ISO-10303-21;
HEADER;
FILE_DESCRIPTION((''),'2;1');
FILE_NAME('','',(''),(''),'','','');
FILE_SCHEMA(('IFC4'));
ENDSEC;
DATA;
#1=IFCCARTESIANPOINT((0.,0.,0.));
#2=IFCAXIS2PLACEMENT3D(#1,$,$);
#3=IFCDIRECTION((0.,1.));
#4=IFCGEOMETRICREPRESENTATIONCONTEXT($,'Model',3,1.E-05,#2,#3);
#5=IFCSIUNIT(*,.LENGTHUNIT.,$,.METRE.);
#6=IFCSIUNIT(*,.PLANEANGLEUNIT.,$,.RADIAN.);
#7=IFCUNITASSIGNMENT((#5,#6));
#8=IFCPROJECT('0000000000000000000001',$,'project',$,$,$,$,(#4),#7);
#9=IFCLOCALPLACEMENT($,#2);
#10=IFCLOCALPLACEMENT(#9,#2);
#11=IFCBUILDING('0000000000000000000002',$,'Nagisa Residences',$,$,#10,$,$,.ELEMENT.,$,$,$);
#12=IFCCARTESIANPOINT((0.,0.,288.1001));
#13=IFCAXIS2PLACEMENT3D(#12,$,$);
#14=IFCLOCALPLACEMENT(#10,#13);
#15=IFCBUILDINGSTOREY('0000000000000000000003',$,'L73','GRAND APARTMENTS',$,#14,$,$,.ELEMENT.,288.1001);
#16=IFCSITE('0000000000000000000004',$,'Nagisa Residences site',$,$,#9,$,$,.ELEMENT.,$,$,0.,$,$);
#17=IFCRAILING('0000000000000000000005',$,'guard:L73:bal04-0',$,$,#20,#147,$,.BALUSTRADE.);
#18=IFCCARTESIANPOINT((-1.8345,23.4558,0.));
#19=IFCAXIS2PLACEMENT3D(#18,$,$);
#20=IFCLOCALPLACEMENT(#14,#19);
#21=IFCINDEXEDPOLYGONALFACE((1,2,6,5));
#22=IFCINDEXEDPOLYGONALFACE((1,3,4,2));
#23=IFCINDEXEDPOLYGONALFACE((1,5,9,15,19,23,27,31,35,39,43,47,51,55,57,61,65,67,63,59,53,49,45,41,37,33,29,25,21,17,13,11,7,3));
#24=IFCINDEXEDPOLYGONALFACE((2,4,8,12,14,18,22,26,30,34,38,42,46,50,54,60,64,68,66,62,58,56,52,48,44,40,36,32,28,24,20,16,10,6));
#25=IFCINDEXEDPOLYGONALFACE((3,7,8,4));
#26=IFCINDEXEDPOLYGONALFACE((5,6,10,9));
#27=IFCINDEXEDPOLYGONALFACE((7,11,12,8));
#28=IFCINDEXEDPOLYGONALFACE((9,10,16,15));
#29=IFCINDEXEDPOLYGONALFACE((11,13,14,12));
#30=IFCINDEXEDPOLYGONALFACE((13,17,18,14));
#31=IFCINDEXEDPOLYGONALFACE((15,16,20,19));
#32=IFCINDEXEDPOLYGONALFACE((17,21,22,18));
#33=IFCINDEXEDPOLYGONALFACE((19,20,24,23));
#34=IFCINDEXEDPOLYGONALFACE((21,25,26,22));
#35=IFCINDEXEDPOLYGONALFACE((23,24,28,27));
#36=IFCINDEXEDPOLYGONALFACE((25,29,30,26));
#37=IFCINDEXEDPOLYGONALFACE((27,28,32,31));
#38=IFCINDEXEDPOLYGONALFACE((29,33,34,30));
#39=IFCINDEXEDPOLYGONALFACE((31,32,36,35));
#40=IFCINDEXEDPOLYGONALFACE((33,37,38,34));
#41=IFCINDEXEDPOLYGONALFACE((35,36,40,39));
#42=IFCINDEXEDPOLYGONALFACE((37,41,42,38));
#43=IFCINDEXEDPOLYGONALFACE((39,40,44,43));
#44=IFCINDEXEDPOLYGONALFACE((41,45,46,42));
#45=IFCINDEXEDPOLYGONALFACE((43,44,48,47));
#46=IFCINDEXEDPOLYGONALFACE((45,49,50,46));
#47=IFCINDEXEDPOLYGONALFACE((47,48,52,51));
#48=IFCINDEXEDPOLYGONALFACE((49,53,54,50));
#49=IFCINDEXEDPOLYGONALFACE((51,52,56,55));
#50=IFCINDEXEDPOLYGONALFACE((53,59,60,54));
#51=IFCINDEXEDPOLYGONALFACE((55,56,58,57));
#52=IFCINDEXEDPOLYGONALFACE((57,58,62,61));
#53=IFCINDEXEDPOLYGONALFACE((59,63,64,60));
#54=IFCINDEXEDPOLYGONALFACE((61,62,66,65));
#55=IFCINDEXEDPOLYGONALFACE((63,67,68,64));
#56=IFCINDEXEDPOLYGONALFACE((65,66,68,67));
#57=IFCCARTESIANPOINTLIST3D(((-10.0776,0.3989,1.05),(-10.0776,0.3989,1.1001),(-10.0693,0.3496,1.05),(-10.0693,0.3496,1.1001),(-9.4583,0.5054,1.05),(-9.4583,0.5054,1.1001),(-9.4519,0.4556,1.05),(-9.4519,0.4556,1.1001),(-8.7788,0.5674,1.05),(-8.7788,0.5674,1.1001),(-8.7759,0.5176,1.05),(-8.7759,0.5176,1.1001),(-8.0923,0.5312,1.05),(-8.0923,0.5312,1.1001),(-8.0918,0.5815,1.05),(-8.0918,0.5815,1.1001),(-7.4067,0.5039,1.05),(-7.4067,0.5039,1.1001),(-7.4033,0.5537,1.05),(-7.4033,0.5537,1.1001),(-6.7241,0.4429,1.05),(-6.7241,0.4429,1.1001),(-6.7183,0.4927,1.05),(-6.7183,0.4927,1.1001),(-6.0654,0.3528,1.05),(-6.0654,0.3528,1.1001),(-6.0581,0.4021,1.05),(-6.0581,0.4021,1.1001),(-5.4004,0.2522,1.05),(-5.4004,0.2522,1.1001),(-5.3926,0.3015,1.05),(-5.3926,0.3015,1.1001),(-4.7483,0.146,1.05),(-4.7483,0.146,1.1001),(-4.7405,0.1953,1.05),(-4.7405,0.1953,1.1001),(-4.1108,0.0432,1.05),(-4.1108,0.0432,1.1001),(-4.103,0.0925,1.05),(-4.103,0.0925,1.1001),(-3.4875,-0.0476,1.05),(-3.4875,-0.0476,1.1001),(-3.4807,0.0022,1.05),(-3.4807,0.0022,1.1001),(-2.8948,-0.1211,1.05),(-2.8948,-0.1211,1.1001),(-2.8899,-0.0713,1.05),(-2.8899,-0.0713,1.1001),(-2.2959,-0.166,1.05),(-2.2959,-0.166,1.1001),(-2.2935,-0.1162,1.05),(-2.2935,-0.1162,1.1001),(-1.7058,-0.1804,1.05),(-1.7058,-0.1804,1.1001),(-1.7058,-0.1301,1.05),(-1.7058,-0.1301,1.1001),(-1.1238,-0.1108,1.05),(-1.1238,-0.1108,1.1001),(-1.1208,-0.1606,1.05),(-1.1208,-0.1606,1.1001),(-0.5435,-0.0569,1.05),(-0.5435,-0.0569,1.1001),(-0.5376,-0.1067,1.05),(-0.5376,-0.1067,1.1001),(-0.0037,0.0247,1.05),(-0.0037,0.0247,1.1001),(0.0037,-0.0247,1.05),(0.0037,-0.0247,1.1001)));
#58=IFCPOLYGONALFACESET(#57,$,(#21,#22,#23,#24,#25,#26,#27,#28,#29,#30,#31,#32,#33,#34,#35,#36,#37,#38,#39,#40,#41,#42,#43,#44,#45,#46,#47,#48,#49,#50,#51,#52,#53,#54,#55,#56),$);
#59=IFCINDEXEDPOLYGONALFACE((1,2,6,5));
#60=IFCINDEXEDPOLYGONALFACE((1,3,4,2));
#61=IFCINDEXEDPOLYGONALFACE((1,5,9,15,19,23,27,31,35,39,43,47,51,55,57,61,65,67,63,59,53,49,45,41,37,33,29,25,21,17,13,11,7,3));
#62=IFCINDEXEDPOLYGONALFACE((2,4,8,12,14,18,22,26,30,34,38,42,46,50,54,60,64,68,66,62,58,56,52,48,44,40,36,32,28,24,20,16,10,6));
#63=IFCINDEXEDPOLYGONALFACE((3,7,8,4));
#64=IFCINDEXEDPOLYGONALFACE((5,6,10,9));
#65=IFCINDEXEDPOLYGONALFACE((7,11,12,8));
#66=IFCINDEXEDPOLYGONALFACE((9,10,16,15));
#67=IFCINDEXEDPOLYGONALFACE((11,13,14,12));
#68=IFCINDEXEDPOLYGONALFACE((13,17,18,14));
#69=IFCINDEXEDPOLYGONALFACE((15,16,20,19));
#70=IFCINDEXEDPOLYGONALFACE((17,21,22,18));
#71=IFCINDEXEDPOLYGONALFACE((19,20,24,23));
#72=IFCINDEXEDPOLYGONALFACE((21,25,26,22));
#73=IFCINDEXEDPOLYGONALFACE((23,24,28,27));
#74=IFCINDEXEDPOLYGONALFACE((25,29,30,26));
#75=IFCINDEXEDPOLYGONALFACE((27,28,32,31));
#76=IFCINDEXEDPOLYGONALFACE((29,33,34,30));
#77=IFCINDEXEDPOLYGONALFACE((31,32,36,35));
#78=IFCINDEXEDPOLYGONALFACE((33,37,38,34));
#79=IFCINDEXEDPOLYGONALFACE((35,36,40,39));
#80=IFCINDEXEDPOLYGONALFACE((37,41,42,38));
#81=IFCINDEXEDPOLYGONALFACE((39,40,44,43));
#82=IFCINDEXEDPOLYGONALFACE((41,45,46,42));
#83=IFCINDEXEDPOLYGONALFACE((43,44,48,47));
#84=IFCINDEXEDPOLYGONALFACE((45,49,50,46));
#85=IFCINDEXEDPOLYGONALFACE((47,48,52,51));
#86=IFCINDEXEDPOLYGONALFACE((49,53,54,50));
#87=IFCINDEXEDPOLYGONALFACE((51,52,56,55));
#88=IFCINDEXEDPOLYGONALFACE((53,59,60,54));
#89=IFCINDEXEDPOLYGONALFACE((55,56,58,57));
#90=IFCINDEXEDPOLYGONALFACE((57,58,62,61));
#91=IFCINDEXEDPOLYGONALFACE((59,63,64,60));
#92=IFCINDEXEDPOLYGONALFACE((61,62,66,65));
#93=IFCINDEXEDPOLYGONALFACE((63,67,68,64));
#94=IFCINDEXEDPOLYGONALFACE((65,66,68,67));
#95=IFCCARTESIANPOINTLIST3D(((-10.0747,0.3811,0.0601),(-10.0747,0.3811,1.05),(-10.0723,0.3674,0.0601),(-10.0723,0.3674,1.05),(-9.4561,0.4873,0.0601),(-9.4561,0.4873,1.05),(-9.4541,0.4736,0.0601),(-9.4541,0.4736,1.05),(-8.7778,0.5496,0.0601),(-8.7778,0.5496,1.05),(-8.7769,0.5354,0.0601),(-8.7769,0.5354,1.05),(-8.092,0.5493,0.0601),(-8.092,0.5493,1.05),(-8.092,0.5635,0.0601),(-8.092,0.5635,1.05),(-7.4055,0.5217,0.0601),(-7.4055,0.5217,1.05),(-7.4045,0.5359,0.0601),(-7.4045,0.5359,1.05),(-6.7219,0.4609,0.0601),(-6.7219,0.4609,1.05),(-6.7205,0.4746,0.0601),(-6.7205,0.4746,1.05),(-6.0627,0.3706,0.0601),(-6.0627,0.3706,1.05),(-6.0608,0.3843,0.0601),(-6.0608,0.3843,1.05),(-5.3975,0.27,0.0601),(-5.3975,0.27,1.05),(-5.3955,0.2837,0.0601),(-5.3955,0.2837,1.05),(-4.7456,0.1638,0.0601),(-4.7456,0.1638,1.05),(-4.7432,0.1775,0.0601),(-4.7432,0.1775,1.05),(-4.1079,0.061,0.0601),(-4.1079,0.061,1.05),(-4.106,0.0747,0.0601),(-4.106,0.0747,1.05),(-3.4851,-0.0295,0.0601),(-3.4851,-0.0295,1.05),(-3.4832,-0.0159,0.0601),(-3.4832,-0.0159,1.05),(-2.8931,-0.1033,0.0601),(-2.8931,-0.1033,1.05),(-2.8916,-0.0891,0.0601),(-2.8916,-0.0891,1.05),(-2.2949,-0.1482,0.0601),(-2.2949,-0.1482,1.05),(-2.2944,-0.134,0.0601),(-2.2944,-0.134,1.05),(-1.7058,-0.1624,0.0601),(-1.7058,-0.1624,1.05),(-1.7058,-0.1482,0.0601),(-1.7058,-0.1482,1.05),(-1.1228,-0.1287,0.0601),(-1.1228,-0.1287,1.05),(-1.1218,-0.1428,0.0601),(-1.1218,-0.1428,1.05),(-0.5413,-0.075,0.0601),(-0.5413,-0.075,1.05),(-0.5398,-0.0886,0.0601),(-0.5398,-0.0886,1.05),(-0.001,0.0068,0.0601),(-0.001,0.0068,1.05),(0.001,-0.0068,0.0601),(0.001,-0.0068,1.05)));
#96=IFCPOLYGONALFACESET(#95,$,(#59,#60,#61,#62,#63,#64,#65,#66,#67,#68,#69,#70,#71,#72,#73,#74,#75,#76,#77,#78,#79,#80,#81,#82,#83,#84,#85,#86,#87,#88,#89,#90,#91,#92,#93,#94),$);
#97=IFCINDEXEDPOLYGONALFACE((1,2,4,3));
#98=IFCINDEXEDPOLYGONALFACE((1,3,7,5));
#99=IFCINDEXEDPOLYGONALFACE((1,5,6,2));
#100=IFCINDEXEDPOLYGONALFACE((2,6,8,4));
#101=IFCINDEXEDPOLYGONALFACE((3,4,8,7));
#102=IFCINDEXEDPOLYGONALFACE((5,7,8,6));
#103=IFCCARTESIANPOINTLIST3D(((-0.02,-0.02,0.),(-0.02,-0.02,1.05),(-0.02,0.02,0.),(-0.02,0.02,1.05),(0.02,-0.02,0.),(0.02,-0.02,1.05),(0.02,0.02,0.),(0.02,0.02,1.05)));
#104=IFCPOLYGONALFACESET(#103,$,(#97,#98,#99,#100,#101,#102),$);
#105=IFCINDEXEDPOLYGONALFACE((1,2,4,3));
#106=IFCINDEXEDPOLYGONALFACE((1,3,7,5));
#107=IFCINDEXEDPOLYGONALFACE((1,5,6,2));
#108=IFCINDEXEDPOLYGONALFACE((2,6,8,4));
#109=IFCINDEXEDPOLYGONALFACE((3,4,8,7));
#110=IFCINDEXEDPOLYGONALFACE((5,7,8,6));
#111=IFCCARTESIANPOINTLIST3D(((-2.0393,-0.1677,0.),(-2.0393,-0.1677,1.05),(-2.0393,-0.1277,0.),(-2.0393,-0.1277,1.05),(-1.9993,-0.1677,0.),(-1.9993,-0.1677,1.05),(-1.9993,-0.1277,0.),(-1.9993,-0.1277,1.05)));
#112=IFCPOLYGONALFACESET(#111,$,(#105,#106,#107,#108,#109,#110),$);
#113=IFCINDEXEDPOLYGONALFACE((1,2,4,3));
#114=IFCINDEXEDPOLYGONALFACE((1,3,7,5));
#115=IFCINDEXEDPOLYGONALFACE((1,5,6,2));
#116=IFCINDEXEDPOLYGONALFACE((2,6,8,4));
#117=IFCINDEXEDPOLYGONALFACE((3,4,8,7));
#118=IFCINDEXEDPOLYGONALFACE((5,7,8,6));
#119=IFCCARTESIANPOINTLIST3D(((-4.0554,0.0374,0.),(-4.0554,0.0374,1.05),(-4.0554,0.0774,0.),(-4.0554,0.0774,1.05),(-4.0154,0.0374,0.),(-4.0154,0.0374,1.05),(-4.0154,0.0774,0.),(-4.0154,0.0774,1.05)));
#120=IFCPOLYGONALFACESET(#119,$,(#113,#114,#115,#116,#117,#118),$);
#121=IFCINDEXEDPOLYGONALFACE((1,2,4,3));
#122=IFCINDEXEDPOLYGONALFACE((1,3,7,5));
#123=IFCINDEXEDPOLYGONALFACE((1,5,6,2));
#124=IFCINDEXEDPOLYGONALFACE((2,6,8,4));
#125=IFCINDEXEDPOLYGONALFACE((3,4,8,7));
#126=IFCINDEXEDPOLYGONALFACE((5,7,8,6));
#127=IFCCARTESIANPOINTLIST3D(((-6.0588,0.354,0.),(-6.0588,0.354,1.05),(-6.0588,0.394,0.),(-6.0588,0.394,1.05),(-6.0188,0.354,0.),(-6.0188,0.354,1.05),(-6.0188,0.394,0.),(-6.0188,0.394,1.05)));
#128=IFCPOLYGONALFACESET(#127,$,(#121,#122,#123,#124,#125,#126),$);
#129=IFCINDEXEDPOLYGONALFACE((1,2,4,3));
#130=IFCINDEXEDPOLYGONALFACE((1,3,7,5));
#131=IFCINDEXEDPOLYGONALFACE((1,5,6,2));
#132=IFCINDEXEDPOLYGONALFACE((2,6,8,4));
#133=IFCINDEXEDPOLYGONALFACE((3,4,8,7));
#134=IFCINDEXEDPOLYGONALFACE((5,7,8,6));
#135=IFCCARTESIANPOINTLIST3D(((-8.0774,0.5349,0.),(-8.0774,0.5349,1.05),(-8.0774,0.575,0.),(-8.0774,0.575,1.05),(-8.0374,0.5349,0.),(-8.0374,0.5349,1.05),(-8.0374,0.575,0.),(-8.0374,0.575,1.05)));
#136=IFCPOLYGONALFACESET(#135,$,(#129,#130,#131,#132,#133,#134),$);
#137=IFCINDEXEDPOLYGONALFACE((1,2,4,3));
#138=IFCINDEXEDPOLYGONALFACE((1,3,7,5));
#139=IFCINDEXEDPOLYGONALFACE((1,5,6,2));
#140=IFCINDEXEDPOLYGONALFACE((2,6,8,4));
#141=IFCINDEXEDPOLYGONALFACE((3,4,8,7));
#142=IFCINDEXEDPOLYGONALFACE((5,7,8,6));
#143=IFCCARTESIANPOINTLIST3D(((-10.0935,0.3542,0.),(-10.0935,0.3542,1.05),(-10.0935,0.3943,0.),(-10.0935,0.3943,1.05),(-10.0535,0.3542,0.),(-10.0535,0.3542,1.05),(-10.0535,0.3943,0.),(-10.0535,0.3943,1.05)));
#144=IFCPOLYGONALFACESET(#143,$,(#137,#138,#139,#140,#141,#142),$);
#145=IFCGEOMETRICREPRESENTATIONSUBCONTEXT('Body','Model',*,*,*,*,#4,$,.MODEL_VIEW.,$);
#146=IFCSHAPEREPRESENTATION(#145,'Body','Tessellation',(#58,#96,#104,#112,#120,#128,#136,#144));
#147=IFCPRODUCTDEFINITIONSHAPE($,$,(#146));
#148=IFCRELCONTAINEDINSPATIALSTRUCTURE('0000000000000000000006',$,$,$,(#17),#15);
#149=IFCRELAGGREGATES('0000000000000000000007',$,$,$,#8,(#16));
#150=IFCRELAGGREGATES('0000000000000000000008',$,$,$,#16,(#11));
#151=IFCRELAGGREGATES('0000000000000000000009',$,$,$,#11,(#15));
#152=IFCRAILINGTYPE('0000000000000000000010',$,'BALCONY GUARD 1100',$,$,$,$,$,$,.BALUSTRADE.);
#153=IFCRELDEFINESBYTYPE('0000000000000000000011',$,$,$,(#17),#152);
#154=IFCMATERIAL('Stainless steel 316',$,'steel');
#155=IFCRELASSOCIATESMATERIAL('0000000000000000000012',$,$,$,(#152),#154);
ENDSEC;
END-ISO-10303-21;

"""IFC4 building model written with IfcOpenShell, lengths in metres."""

from ifc_helpers import new_model, si_unit, direction, frame, origin, origin_2d, place, context, subcontext, project, spatial, polyline, rectangle, outline, extrude, material, type_object, element, save


model = new_model("IFC4")

# Units and contexts
model_context = context("Model", 3, precision=1e-05, world=origin(), true_north=direction((0.0, 1.0)))
body_context = subcontext(model_context, "Body", "Model", "MODEL_VIEW")
ifc_project = project(units=[si_unit("LENGTHUNIT", "METRE"), si_unit("PLANEANGLEUNIT", "RADIAN")], contexts=[model_context])

# Site, building, storey
site_placement = place(None, origin())
site = spatial("IfcSite", under=ifc_project, at=site_placement, Name="Nagisa Residences site", CompositionType="ELEMENT", RefElevation=0.0)
building_placement = place(site_placement, origin())
building = spatial("IfcBuilding", under=site, at=building_placement, Name="Nagisa Residences", CompositionType="ELEMENT")
storey_placement = place(building_placement, frame((0.0, 0.0, 288.1001)))
storey = spatial("IfcBuildingStorey", under=building, at=storey_placement, Name="L73", Description="GRAND APARTMENTS", CompositionType="ELEMENT", Elevation=288.1001)

# Railing
ifc_material_1 = material(Name="Stainless steel 316", Category="steel")
railing_type = type_object("IfcRailingType", Name="BALCONY GUARD 1100", PredefinedType="BALUSTRADE", material=ifc_material_1)
railing_placement = place(storey_placement, frame((-1.8345, 23.4558, 0.0)))
element("IfcRailing", 1, at=railing_placement, inside=storey, type_object=railing_type, Name="guard:L73:bal04-0", PredefinedType="BALUSTRADE", context=body_context, shape_type="SweptSolid", body=[
    extrude(outline(polyline([(-0.5376, -0.1067), (0.0037, -0.0247), (-0.0037, 0.0247), (-0.5435, -0.0569), (-1.1238, -0.1108), (-1.7058, -0.1301), (-2.2935, -0.1162), (-2.8899, -0.0713), (-3.4807, 0.0022), (-4.103, 0.0925), (-4.7405, 0.1953), (-5.3926, 0.3015), (-6.0581, 0.4021), (-6.7183, 0.4927), (-7.4033, 0.5537), (-8.0918, 0.5815), (-8.7788, 0.5674), (-9.4583, 0.5054), (-10.0776, 0.3989), (-10.0693, 0.3496), (-9.4519, 0.4556), (-8.7759, 0.5176), (-8.0923, 0.5312), (-7.4067, 0.5039), (-6.7241, 0.4429), (-6.0654, 0.3528), (-5.4004, 0.2522), (-4.7483, 0.146), (-4.1108, 0.0432), (-3.4875, -0.0476), (-2.8948, -0.1211), (-2.2959, -0.166), (-1.7058, -0.1804), (-1.1208, -0.1606), (-0.5376, -0.1067)])), frame((0.0, 0.0, 1.05)), (0.0, 0.0, 1.0), 0.05),
    extrude(outline(polyline([(-0.5398, -0.0886), (0.001, -0.0068), (-0.001, 0.0068), (-0.5413, -0.075), (-1.1228, -0.1287), (-1.7058, -0.1482), (-2.2944, -0.134), (-2.8916, -0.0891), (-3.4832, -0.0159), (-4.106, 0.0747), (-4.7432, 0.1775), (-5.3955, 0.2837), (-6.0608, 0.3843), (-6.7205, 0.4746), (-7.4045, 0.5359), (-8.092, 0.5635), (-8.7778, 0.5496), (-9.4561, 0.4873), (-10.0747, 0.3811), (-10.0723, 0.3674), (-9.4541, 0.4736), (-8.7769, 0.5354), (-8.092, 0.5493), (-7.4055, 0.5217), (-6.7219, 0.4609), (-6.0627, 0.3706), (-5.3975, 0.27), (-4.7456, 0.1638), (-4.1079, 0.061), (-3.4851, -0.0295), (-2.8931, -0.1033), (-2.2949, -0.1482), (-1.7058, -0.1624), (-1.1218, -0.1428), (-0.5398, -0.0886)])), frame((0.0, 0.0, 0.0601)), (0.0, 0.0, 1.0), 0.99),
    extrude(rectangle(XDim=0.04, YDim=0.04, at=origin_2d()), origin(), (0.0, 0.0, 1.0), 1.05),
    extrude(rectangle(XDim=0.04, YDim=0.04, at=origin_2d()), frame((-2.0193, -0.1477, 0.0)), (0.0, 0.0, 1.0), 1.05),
    extrude(rectangle(XDim=0.04, YDim=0.04, at=origin_2d()), frame((-4.0354, 0.0574, 0.0)), (0.0, 0.0, 1.0), 1.05),
    extrude(rectangle(XDim=0.04, YDim=0.04, at=origin_2d()), frame((-6.0388, 0.374, 0.0)), (0.0, 0.0, 1.0), 1.05),
    extrude(rectangle(XDim=0.04, YDim=0.04, at=origin_2d()), frame((-8.0574, 0.5549, 0.0)), (0.0, 0.0, 1.0), 1.05),
    extrude(rectangle(XDim=0.04, YDim=0.04, at=origin_2d()), frame((-10.0735, 0.3743, 0.0)), (0.0, 0.0, 1.0), 1.05),
])

save(model, "model.ifc")
